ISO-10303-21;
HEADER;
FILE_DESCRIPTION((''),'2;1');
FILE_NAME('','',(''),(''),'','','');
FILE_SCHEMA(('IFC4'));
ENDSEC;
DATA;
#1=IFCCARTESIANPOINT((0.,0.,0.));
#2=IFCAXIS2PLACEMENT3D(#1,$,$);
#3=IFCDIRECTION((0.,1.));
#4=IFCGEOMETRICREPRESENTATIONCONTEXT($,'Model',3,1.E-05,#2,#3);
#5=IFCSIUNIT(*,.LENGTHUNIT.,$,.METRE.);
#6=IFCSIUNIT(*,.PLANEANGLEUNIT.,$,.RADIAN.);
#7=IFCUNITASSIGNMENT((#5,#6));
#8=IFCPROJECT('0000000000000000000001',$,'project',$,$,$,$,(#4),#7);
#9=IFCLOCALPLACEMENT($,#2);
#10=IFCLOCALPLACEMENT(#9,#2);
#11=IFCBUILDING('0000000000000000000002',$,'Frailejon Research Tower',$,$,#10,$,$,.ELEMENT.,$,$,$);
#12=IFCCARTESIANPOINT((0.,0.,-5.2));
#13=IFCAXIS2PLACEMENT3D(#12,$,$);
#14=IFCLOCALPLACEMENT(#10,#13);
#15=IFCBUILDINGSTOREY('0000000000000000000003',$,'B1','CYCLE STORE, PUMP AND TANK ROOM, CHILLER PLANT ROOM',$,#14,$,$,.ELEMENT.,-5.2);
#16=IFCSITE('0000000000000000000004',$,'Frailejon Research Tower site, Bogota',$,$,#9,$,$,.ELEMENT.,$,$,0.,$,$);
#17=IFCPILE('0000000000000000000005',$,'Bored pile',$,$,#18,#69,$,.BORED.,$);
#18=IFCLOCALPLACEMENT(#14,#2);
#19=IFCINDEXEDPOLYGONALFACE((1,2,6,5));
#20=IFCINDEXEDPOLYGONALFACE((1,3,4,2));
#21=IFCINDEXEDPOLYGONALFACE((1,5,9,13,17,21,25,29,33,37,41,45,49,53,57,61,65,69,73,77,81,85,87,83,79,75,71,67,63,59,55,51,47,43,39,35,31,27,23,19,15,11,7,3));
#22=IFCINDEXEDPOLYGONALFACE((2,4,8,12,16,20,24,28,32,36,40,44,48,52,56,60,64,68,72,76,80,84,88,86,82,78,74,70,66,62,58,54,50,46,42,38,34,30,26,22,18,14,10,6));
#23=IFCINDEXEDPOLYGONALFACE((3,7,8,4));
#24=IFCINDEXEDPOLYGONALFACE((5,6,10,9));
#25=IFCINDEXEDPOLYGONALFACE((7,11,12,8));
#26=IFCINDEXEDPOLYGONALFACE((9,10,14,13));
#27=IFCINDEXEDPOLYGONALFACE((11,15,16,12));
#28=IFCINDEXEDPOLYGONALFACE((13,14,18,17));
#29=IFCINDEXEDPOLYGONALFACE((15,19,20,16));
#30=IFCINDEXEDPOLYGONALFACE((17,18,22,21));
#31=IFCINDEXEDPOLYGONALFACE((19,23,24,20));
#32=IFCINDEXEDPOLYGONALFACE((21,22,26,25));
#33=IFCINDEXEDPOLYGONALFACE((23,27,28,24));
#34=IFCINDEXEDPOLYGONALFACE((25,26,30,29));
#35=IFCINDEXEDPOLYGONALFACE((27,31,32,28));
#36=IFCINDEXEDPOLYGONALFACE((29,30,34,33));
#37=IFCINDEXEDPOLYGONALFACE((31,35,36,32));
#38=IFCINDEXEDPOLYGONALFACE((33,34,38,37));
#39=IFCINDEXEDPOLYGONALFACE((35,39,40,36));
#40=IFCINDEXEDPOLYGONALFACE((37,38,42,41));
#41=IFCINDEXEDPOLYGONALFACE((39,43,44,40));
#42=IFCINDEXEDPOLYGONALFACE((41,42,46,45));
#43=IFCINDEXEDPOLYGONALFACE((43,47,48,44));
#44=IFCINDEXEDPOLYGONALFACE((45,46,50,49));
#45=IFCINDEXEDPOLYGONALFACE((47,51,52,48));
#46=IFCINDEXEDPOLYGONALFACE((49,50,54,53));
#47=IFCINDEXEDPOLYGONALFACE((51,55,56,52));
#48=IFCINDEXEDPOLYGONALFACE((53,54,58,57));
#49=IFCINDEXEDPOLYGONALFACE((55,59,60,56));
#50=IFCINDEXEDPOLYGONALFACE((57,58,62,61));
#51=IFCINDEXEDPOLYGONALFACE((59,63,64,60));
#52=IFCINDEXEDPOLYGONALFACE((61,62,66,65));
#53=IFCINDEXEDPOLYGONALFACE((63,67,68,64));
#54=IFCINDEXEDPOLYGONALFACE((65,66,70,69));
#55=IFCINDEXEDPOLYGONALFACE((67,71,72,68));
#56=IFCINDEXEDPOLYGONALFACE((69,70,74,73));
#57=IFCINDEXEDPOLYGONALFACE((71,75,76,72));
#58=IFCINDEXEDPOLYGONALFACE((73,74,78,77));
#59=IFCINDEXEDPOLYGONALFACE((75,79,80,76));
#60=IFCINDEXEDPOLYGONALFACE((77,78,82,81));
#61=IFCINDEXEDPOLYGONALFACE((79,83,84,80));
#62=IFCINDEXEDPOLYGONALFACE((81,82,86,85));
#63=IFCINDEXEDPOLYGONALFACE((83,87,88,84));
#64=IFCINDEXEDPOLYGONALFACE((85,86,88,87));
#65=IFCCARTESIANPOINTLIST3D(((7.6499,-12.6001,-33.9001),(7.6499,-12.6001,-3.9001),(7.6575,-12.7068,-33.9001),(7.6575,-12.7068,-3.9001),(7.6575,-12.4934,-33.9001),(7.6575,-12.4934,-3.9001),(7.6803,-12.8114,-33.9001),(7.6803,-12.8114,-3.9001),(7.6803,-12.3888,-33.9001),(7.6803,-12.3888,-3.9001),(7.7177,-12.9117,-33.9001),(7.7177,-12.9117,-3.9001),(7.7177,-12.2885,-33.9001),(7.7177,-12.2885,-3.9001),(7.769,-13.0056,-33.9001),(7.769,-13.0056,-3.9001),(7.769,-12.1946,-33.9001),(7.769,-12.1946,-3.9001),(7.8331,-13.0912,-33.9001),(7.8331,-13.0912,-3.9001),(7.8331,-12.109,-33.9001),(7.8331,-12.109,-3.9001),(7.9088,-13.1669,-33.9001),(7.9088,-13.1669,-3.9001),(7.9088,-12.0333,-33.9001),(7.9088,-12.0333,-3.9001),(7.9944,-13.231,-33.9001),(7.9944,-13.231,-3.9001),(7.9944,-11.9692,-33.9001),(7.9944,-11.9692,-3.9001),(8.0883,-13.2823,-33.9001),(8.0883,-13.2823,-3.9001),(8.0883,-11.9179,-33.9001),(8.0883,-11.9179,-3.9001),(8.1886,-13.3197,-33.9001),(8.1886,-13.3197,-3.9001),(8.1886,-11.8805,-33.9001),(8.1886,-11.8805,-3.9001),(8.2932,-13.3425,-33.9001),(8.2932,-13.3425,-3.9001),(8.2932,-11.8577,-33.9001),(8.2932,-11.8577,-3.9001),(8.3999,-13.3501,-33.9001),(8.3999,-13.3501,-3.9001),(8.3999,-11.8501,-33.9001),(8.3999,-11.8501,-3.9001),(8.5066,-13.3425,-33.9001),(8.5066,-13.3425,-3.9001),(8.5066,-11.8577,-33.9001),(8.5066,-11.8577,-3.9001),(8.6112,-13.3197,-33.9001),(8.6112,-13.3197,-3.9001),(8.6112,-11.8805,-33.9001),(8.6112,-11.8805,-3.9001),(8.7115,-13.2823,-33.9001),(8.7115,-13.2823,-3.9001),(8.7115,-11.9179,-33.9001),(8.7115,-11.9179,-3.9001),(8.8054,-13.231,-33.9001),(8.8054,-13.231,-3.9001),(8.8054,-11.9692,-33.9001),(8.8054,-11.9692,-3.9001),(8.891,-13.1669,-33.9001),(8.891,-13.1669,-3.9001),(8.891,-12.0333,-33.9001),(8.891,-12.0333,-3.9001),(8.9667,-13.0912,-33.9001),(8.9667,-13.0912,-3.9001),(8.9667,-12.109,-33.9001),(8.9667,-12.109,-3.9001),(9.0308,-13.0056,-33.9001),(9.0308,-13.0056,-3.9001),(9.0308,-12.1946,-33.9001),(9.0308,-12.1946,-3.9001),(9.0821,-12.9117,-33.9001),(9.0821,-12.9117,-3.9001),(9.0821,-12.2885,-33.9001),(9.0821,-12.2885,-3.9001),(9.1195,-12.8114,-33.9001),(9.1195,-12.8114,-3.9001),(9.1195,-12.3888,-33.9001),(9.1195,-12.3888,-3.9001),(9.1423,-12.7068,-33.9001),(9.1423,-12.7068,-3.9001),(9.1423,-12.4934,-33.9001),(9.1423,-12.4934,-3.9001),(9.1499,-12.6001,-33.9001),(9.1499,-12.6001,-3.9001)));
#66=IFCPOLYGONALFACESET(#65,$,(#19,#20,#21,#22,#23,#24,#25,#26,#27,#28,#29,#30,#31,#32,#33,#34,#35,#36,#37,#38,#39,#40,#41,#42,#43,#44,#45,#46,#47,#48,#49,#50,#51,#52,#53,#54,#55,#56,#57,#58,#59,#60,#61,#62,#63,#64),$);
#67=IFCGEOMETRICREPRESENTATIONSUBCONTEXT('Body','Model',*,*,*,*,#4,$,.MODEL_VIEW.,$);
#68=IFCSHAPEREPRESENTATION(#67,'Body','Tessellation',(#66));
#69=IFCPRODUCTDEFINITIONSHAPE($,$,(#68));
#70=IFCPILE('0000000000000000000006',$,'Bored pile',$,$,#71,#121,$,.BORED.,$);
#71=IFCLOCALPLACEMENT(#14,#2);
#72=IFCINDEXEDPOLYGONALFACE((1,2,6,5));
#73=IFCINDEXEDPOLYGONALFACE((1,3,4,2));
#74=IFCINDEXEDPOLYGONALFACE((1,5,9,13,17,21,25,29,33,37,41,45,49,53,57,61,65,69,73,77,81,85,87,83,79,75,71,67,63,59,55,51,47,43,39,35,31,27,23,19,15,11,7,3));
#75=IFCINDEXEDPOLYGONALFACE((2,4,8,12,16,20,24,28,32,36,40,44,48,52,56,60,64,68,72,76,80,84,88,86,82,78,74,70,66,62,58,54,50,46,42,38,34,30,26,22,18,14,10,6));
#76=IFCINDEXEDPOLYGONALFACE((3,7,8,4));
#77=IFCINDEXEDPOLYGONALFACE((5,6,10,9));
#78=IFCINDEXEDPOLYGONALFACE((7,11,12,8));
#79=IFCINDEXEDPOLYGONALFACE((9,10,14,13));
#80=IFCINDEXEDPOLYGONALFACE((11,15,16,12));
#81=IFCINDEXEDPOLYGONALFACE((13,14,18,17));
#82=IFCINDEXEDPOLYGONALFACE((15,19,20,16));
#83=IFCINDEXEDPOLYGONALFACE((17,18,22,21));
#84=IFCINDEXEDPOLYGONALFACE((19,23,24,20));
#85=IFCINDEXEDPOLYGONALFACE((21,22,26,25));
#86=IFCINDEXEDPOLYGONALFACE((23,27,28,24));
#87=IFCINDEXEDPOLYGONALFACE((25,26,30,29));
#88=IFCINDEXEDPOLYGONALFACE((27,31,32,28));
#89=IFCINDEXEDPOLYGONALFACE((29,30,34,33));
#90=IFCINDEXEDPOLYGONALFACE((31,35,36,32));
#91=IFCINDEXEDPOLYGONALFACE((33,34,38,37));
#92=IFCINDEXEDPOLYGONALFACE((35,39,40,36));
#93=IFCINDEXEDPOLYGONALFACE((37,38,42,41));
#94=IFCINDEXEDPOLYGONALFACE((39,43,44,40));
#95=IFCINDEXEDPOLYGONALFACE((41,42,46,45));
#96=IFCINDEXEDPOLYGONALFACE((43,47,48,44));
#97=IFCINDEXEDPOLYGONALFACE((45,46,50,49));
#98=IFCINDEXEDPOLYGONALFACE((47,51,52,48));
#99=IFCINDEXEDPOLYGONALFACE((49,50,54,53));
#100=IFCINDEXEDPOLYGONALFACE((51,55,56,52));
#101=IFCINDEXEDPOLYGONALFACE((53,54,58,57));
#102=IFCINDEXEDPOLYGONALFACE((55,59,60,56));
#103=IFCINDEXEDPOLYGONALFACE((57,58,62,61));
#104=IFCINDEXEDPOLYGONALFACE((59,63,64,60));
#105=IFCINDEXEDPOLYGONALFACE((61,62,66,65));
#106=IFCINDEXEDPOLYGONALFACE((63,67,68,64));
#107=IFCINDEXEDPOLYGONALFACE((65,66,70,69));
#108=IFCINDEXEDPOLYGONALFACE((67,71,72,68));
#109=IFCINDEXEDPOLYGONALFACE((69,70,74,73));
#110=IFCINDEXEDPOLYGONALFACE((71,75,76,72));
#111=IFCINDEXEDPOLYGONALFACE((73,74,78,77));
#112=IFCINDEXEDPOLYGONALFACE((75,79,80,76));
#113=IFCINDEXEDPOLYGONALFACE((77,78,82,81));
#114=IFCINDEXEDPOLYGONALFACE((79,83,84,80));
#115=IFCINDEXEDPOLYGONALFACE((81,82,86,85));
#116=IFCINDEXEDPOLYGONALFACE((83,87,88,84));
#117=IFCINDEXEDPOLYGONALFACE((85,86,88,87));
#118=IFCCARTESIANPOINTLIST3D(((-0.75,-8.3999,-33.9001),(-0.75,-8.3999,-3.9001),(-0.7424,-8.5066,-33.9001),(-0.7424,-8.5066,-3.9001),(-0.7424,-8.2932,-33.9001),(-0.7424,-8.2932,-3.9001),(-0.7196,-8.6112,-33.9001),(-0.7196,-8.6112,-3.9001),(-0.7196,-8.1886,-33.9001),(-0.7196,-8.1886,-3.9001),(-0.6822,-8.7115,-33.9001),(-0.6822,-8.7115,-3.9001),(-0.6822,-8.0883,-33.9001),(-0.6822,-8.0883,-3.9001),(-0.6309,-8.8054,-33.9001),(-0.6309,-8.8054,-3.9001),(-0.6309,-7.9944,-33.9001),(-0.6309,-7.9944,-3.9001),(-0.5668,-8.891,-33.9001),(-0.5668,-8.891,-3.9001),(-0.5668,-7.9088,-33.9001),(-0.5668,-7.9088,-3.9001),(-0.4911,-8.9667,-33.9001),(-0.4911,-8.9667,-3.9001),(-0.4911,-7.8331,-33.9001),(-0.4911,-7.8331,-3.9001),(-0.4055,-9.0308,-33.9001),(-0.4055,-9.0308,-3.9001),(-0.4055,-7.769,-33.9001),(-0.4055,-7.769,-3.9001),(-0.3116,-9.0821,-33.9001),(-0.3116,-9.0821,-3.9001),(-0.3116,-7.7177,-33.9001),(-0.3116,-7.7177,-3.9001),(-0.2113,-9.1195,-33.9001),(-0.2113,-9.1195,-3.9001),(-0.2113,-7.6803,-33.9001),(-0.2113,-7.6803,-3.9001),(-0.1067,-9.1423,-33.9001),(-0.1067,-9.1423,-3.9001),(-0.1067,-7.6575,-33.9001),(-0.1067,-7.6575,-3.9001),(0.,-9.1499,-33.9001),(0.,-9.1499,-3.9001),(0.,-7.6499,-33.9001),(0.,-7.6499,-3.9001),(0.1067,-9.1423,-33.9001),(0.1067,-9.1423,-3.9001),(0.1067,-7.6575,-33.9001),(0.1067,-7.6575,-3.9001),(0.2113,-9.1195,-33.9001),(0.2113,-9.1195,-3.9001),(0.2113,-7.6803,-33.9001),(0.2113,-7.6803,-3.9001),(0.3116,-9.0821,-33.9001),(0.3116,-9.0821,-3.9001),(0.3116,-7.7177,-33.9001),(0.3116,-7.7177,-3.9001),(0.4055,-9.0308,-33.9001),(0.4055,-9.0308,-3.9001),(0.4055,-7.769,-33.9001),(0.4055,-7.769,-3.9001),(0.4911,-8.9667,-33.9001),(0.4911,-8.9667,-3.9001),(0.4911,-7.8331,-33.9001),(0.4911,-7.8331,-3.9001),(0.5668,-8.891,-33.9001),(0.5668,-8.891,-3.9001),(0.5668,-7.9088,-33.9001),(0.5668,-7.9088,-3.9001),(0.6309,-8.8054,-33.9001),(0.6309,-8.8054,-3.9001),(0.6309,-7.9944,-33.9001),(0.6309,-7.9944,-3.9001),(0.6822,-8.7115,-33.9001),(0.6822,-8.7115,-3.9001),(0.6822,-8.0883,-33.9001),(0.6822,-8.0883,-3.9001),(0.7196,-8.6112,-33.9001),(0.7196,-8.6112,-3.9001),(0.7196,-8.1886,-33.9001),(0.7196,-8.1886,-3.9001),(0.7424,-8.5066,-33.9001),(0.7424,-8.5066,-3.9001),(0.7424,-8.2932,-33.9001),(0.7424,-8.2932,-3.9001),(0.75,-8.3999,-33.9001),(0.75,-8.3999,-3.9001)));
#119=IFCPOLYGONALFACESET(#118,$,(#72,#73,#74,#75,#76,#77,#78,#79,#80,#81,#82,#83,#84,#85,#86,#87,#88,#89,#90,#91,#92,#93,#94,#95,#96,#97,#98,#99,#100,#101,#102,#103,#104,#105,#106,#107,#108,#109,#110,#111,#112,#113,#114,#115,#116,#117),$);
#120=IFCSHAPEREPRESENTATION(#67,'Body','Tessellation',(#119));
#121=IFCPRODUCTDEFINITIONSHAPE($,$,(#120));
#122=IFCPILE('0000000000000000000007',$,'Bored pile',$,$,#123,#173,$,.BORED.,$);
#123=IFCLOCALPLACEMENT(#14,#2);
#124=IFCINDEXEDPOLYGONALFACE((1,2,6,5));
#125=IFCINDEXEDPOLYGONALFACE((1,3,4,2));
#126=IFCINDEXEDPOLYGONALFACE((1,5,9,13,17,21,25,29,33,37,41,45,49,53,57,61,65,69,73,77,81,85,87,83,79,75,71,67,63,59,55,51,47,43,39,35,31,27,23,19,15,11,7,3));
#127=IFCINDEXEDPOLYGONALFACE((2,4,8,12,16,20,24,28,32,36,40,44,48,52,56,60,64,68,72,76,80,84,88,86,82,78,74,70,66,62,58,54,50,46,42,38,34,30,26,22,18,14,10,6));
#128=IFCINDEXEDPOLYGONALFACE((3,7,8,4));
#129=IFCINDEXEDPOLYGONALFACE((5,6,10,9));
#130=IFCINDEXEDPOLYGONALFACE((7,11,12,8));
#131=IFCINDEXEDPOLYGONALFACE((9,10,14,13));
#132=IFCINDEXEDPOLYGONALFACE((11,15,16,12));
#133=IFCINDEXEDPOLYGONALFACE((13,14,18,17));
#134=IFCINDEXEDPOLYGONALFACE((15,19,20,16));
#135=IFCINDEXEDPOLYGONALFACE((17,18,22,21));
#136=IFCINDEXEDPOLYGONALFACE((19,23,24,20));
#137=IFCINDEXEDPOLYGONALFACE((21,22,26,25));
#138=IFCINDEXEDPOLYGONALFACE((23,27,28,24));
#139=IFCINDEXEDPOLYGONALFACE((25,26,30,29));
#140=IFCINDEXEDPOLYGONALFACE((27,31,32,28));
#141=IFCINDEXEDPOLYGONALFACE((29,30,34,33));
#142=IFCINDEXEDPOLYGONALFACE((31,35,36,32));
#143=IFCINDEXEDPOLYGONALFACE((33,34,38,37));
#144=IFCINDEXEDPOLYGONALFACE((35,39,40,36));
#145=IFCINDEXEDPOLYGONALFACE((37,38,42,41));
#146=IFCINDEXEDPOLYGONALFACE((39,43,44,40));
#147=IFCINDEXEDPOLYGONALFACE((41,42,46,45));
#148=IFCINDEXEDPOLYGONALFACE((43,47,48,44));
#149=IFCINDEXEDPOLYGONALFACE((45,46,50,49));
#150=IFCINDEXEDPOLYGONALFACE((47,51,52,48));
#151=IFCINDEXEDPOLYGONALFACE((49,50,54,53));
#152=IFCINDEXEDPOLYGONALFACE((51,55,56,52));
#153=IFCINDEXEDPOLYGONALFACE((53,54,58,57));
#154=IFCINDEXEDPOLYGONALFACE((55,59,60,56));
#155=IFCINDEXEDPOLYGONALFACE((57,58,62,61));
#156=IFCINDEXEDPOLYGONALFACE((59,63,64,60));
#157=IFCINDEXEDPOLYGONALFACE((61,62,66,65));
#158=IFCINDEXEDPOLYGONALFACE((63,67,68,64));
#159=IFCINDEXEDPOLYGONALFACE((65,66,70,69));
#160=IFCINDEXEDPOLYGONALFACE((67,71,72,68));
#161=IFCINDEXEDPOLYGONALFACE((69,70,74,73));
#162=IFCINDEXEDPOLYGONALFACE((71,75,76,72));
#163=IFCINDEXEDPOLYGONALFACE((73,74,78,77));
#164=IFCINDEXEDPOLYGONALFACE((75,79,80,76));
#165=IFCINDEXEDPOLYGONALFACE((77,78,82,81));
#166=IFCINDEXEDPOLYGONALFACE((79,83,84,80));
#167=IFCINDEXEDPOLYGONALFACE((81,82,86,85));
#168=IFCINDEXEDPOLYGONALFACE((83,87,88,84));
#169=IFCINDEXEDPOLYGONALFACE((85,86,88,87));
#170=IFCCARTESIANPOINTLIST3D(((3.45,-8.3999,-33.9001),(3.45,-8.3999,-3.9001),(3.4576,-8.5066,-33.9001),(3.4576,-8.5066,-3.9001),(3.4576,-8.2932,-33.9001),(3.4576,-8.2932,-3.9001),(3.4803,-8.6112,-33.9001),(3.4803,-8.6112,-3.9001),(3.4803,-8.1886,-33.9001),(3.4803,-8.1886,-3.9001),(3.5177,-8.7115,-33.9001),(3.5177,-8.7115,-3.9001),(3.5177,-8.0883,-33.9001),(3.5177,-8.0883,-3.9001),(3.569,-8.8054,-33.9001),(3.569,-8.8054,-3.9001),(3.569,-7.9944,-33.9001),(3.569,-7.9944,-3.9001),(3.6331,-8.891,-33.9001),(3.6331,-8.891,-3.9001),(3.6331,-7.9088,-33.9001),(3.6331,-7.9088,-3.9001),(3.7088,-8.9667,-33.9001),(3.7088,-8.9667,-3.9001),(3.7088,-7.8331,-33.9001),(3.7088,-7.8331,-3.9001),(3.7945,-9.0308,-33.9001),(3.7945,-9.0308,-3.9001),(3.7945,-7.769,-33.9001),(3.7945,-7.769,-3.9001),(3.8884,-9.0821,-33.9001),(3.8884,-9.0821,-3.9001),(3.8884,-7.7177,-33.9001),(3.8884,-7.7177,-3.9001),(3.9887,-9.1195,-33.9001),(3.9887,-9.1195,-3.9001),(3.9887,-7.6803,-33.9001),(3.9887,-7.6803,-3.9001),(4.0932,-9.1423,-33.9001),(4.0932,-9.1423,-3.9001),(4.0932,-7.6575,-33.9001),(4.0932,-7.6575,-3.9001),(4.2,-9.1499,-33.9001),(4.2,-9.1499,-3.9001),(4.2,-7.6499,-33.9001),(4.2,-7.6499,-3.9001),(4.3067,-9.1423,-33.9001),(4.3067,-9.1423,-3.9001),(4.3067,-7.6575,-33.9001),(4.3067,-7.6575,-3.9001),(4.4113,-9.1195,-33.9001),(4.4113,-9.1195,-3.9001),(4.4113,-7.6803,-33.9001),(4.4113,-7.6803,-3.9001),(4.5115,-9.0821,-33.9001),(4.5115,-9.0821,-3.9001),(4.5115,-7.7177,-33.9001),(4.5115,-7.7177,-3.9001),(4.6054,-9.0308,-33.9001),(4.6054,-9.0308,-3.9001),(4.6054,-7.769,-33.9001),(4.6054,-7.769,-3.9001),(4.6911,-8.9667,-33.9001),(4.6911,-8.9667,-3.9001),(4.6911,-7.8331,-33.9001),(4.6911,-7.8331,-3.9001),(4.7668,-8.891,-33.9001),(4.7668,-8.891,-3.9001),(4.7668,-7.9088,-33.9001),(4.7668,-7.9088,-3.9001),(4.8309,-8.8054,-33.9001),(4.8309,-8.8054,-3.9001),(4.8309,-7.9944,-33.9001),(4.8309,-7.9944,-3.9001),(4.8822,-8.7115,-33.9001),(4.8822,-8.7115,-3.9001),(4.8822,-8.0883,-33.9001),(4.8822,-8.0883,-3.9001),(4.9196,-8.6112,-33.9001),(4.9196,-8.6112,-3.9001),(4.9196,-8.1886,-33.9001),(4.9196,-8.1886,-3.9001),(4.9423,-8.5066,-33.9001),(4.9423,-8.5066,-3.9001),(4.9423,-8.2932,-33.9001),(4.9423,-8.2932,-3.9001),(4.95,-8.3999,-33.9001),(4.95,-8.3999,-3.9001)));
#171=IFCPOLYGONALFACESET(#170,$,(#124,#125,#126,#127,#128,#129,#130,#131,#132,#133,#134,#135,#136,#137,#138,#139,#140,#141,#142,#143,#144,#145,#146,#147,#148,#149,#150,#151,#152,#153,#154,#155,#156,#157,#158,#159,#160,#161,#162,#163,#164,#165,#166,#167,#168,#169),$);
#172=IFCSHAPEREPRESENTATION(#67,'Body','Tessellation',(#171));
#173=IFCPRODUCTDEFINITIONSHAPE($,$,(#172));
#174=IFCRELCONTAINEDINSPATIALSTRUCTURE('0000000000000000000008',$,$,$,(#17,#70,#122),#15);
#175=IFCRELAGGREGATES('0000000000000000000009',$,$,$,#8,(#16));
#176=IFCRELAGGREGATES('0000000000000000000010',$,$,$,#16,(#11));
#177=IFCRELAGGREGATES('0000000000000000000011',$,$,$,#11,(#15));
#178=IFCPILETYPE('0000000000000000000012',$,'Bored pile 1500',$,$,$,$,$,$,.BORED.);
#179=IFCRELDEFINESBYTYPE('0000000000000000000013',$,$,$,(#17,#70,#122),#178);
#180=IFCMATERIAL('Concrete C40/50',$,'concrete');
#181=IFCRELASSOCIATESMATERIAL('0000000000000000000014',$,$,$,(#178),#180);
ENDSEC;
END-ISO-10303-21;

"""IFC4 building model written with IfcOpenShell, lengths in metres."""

from ifc_helpers import new_model, si_unit, direction, frame, origin, origin_2d, place, context, subcontext, project, spatial, circle, extrude, material, material_profile, profile_set, type_object, element, save


model = new_model("IFC4")

# Units and contexts
model_context = context("Model", 3, precision=1e-05, world=origin(), true_north=direction((0.0, 1.0)))
body_context = subcontext(model_context, "Body", "Model", "MODEL_VIEW")
ifc_project = project(units=[si_unit("LENGTHUNIT", "METRE"), si_unit("PLANEANGLEUNIT", "RADIAN")], contexts=[model_context])

# Site, building, storey
site_placement = place(None, origin())
site = spatial("IfcSite", under=ifc_project, at=site_placement, Name="Frailejon Research Tower site, Bogota", CompositionType="ELEMENT", RefElevation=0.0)
building_placement = place(site_placement, origin())
building = spatial("IfcBuilding", under=site, at=building_placement, Name="Frailejon Research Tower", CompositionType="ELEMENT")
storey_placement = place(building_placement, frame((0.0, 0.0, -5.2)))
storey = spatial("IfcBuildingStorey", under=building, at=storey_placement, Name="B1", Description="CYCLE STORE, PUMP AND TANK ROOM, CHILLER PLANT ROOM", CompositionType="ELEMENT", Elevation=-5.2)

# Piles
ifc_material_1 = material(Name="Concrete C40/50", Category="concrete")
ifc_material_profile = material_profile(ifc_material_1, circle(Radius=0.75, at=origin_2d()), Name="Bored pile 1500")
ifc_profile_set = profile_set([ifc_material_profile], Name="Concrete C40/50")
pile_type = type_object("IfcPileType", Name="Bored pile 1500", PredefinedType="BORED", material=ifc_profile_set)
for number, where, z_axis, x_axis, name in (
    (1, (8.3999, -12.6001, -3.9001), (0.0, 0.0, -1.0), (1.0, 0.0, 0.0), "Bored pile"),
    (2, (0.0, -8.3999, -3.9001), (0.0, 0.0, -1.0), (1.0, 0.0, 0.0), "Bored pile"),
    (3, (4.2, -8.3999, -3.9001), (0.0, 0.0, -1.0), (1.0, 0.0, 0.0), "Bored pile"),
):
    element("IfcPile", number, at=place(storey_placement, frame(where, z_axis=z_axis, x_axis=x_axis)), inside=storey, type_object=pile_type, Name=name, PredefinedType="BORED", context=body_context, shape_type="SweptSolid", body=[
        extrude(circle(Radius=0.75, at=origin_2d()), origin(), (0.0, 0.0, 1.0), 30.0),
    ])

save(model, "model.ifc")
